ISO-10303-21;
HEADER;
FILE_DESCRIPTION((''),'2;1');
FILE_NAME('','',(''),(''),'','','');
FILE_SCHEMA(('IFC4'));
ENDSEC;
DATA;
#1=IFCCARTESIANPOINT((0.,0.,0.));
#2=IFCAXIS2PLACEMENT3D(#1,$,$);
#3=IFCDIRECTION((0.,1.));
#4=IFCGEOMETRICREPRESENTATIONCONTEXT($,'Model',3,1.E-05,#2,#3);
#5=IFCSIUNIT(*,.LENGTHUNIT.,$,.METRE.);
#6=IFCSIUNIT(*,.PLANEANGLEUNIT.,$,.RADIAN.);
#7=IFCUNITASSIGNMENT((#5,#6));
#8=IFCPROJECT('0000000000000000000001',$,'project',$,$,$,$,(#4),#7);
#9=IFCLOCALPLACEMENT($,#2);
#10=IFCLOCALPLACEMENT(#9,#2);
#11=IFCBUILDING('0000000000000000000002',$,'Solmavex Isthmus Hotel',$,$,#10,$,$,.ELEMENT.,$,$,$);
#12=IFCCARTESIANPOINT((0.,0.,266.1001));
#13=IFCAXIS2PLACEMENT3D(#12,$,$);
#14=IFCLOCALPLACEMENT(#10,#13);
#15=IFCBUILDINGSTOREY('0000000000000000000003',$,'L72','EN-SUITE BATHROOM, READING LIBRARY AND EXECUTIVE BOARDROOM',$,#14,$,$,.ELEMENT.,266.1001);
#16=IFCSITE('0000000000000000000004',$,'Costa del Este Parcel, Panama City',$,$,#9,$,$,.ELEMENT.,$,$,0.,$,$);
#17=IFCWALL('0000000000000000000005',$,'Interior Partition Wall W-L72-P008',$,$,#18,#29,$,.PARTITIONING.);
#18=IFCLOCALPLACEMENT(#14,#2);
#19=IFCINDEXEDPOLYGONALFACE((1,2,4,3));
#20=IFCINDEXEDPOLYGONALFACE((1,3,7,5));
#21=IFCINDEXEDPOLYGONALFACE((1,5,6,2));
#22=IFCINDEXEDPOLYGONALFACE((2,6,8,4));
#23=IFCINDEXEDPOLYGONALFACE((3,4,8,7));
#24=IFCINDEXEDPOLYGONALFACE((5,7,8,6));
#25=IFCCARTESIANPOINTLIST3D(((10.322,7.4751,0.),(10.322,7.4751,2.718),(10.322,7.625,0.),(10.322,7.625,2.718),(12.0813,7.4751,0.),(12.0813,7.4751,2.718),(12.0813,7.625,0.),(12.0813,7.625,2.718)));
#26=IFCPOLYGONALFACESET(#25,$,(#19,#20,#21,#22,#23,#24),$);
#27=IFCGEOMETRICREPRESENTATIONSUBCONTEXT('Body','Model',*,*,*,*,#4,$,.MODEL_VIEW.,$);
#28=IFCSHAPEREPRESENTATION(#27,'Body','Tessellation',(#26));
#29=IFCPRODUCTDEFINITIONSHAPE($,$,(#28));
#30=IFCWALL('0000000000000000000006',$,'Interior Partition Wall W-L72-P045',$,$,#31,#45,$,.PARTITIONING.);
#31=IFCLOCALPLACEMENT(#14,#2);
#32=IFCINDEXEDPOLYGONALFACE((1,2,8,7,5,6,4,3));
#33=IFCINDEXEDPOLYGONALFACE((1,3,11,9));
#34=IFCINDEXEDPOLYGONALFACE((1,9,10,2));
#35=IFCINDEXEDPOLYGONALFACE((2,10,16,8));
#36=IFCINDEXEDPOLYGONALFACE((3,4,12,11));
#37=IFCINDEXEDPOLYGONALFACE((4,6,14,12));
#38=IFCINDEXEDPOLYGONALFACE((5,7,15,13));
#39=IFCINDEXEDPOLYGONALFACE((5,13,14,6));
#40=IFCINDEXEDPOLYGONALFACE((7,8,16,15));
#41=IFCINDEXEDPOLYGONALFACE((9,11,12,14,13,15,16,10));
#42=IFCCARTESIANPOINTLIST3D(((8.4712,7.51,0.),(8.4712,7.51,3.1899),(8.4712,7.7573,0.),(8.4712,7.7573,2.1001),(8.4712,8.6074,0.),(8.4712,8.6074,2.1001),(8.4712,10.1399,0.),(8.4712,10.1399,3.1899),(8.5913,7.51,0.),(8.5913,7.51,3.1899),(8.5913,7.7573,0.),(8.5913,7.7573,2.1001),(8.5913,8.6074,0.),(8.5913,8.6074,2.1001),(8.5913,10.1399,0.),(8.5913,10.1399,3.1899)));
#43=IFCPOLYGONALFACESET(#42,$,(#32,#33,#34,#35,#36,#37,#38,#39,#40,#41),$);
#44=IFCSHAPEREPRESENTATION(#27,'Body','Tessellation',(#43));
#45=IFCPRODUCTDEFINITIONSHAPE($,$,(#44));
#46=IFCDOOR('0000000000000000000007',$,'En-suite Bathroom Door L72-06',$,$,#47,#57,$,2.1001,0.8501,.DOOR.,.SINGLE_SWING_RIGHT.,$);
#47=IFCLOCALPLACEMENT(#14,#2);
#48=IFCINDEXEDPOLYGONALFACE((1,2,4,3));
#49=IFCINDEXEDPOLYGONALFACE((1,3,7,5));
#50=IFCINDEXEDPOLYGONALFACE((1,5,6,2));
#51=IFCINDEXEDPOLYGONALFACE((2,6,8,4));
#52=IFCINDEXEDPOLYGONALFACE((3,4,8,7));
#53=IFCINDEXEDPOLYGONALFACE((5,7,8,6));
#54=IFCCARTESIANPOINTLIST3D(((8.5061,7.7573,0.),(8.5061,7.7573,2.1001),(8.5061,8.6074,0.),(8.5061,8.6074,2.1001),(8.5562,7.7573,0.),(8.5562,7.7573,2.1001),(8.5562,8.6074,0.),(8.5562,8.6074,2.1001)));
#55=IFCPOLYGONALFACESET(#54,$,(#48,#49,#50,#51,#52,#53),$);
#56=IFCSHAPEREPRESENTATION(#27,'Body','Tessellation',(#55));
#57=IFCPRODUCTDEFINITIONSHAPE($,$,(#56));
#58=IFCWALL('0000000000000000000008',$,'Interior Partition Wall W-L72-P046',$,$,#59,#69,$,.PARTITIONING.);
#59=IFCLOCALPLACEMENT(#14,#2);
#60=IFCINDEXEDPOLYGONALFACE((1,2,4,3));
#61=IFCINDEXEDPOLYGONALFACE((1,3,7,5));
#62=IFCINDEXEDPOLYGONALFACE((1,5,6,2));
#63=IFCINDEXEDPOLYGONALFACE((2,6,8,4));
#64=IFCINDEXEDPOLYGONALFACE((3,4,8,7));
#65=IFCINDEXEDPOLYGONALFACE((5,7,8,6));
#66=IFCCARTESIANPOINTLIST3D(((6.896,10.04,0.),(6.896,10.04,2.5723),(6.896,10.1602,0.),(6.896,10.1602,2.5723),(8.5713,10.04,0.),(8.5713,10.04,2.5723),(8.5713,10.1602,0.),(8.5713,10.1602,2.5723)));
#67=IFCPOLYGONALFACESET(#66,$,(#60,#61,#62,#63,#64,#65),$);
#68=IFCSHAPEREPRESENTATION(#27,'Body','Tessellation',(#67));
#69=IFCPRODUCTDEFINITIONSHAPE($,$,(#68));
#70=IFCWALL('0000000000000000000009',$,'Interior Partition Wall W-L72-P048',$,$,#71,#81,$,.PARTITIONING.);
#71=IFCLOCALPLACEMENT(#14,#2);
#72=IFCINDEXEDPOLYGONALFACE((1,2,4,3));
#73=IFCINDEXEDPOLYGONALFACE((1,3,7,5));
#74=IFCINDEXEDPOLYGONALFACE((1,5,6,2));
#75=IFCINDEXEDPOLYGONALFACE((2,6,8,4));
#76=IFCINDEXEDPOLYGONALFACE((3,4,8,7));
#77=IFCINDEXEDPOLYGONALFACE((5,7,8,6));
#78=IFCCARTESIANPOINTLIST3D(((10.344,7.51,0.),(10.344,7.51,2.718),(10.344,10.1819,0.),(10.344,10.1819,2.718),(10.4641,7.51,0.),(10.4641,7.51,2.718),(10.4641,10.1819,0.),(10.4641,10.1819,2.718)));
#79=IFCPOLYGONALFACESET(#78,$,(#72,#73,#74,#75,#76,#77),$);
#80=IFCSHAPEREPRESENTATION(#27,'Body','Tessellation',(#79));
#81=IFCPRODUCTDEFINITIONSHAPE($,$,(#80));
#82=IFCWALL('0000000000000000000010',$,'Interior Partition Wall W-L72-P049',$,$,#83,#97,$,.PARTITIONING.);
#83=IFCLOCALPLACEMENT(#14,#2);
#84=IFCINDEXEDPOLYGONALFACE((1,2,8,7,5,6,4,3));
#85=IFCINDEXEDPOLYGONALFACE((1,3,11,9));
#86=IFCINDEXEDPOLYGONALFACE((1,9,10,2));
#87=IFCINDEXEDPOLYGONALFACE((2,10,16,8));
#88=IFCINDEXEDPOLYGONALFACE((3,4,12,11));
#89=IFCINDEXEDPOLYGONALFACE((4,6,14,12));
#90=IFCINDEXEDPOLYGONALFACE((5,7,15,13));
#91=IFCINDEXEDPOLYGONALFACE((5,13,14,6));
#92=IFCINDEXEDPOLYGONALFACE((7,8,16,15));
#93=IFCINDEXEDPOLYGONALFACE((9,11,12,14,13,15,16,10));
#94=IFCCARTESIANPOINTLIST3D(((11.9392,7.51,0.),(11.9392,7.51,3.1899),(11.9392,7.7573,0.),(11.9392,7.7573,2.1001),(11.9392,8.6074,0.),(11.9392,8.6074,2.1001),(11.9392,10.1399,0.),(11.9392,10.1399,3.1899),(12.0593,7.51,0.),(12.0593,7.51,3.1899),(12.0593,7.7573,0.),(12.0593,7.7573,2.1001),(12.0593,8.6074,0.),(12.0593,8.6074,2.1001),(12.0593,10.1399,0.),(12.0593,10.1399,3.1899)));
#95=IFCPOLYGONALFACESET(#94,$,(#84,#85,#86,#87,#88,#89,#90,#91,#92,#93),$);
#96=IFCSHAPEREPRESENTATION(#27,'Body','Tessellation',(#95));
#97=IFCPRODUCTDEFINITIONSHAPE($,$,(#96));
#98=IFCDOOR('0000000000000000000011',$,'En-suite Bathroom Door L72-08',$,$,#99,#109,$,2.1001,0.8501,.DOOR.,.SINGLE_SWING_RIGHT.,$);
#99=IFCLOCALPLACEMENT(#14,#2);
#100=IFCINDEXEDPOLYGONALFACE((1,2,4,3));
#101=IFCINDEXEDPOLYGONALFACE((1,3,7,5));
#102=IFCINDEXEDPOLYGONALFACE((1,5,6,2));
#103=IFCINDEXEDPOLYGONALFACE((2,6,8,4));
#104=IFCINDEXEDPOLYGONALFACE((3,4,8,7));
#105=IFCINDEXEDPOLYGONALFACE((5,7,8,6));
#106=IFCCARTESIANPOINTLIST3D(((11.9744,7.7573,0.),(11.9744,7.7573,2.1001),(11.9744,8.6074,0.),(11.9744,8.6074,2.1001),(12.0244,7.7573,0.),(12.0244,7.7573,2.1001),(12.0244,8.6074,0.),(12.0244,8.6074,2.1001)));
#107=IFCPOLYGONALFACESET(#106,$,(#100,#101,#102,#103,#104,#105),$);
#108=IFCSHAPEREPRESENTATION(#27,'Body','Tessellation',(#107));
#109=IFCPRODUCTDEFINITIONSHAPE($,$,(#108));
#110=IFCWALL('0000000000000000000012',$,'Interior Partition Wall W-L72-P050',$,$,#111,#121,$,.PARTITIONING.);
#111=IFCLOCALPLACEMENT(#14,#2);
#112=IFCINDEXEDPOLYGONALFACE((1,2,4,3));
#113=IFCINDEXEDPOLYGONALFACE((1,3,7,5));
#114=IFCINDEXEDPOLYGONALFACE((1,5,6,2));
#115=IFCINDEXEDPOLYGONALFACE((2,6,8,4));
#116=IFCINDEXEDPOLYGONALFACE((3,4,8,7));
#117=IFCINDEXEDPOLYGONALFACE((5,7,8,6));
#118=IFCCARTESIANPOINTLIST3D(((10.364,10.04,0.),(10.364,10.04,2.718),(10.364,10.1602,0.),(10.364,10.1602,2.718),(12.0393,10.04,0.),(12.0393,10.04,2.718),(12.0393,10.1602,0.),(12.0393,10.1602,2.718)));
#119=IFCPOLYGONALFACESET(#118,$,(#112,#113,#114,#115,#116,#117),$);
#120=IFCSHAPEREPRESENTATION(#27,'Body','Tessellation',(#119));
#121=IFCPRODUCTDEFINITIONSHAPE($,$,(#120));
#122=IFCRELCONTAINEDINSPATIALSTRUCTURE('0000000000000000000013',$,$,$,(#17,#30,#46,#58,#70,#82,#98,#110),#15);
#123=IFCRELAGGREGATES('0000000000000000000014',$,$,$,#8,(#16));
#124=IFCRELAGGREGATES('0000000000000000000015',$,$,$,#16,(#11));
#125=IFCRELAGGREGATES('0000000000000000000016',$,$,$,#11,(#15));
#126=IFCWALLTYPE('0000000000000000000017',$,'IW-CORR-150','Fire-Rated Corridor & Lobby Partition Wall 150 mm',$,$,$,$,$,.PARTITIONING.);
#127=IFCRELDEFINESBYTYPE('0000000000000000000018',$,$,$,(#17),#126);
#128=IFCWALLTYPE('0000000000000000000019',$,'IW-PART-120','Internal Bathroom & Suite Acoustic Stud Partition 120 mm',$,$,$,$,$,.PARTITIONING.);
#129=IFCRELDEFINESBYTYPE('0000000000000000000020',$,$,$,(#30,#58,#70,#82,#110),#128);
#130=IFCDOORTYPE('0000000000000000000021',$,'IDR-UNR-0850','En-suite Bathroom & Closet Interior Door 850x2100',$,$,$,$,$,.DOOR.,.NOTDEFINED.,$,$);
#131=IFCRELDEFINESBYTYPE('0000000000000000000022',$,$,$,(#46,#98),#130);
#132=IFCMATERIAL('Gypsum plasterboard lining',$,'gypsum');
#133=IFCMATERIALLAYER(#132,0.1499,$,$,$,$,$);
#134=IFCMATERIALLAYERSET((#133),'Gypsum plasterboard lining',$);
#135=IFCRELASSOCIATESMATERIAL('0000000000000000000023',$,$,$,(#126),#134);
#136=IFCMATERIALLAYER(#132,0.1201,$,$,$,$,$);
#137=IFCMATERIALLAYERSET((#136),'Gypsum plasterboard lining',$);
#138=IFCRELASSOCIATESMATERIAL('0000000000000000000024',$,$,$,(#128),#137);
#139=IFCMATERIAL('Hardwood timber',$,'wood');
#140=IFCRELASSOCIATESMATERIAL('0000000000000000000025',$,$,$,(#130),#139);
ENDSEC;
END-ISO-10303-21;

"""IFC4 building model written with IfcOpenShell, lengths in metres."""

from ifc_helpers import new_model, si_unit, direction, frame, frame_2d, origin, place, context, subcontext, project, spatial, rectangle, extrude, material, layer, layer_set, type_object, element, fill, save


model = new_model("IFC4")

# Units and contexts
model_context = context("Model", 3, precision=1e-05, world=origin(), true_north=direction((0.0, 1.0)))
body_context = subcontext(model_context, "Body", "Model", "MODEL_VIEW")
ifc_project = project(units=[si_unit("LENGTHUNIT", "METRE"), si_unit("PLANEANGLEUNIT", "RADIAN")], contexts=[model_context])

# Site, building, storey
site_placement = place(None, origin())
site = spatial("IfcSite", under=ifc_project, at=site_placement, Name="Costa del Este Parcel, Panama City", CompositionType="ELEMENT", RefElevation=0.0)
building_placement = place(site_placement, origin())
building = spatial("IfcBuilding", under=site, at=building_placement, Name="Solmavex Isthmus Hotel", CompositionType="ELEMENT")
storey_placement = place(building_placement, frame((0.0, 0.0, 266.1001)))
storey = spatial("IfcBuildingStorey", under=building, at=storey_placement, Name="L72", Description="EN-SUITE BATHROOM, READING LIBRARY AND EXECUTIVE BOARDROOM", CompositionType="ELEMENT", Elevation=266.1001)

# Shared definitions
ifc_material_1 = material(Name="Gypsum plasterboard lining", Category="gypsum")

# Shared definitions
ifc_material_2 = material(Name="Hardwood timber", Category="wood")
ifc_layer_1 = layer(ifc_material_1, 0.1499)
ifc_layer_set_1 = layer_set([ifc_layer_1], Name="Gypsum plasterboard lining")
wall_type_1 = type_object("IfcWallType", Name="IW-CORR-150", Description="Fire-Rated Corridor & Lobby Partition Wall 150 mm", PredefinedType="PARTITIONING", material=ifc_layer_set_1)

# Wall
wall_1_placement = place(storey_placement, frame((10.322, 7.55, 0.0), z_axis=(0.0, 0.0, 1.0), x_axis=(1.0, 0.0, 0.0)))
element("IfcWall", 1, at=wall_1_placement, inside=storey, type_object=wall_type_1, Name="Interior Partition Wall W-L72-P008", PredefinedType="PARTITIONING", context=body_context, shape_type="SweptSolid", body=[
    extrude(rectangle(XDim=1.7593, YDim=0.1499, at=frame_2d((0.8796, 0.0))), origin(), (0.0, 0.0, 1.0), 2.718),
])

# Wall, opening, door
ifc_layer_2 = layer(ifc_material_1, 0.1201)
ifc_layer_set_2 = layer_set([ifc_layer_2], Name="Gypsum plasterboard lining")
wall_type_2 = type_object("IfcWallType", Name="IW-PART-120", Description="Internal Bathroom & Suite Acoustic Stud Partition 120 mm", PredefinedType="PARTITIONING", material=ifc_layer_set_2)
wall_2_placement = place(storey_placement, frame((8.5312, 7.51, 0.0), z_axis=(0.0, 0.0, 1.0), x_axis=(0.0, 1.0, 0.0)))
wall_2 = element("IfcWall", 2, at=wall_2_placement, inside=storey, type_object=wall_type_2, Name="Interior Partition Wall W-L72-P045", PredefinedType="PARTITIONING", context=body_context, shape_type="SweptSolid", body=[
    extrude(rectangle(XDim=2.6299, YDim=0.1201, at=frame_2d((1.3149, 0.0))), origin(), (0.0, 0.0, 1.0), 3.1899),
])
opening_1_placement = place(wall_2_placement, frame((0.2473, 0.0, 0.0)))
opening_1 = element("IfcOpeningElement", 3, at=opening_1_placement, cuts=wall_2, PredefinedType="OPENING", context=body_context, shape_type="SweptSolid", body=[
    extrude(rectangle(XDim=0.8501, YDim=2.1001, at=frame_2d((0.425, 1.05))), frame((0.0, 0.0701, 0.0), z_axis=(0.0, -1.0, 0.0), x_axis=(1.0, 0.0, 0.0)), (0.0, 0.0, 1.0), 0.1401),
])
door_type_1 = type_object("IfcDoorType", Name="IDR-UNR-0850", Description="En-suite Bathroom & Closet Interior Door 850x2100", OperationType="NOTDEFINED", PredefinedType="DOOR", material=ifc_material_2)
door_1_placement = place(opening_1_placement, frame((0.8501, 0.0, 0.0), z_axis=(0.0, 0.0, 1.0), x_axis=(-1.0, 0.0, 0.0)))
door_1 = element("IfcDoor", 4, at=door_1_placement, inside=storey, type_object=door_type_1, Name="En-suite Bathroom Door L72-06", OperationType="SINGLE_SWING_RIGHT", OverallHeight=2.1001, OverallWidth=0.8501, PredefinedType="DOOR", context=body_context, shape_type="SweptSolid", body=[
    extrude(rectangle(XDim=0.8501, YDim=2.1001, at=frame_2d((0.425, 1.05))), frame((0.0, 0.0249, 0.0), z_axis=(0.0, -1.0, 0.0), x_axis=(1.0, 0.0, 0.0)), (0.0, 0.0, 1.0), 0.05),
])
fill(opening_1, door_1)

# Walls
wall_3_placement = place(storey_placement, frame((8.5713, 10.1001, 0.0), z_axis=(0.0, 0.0, 1.0), x_axis=(-1.0, 0.0, 0.0)))
element("IfcWall", 5, at=wall_3_placement, inside=storey, type_object=wall_type_2, Name="Interior Partition Wall W-L72-P046", PredefinedType="PARTITIONING", context=body_context, shape_type="SweptSolid", body=[
    extrude(rectangle(XDim=1.6753, YDim=0.1201, at=frame_2d((0.8376, 0.0))), origin(), (0.0, 0.0, 1.0), 2.5723),
])
wall_4_placement = place(storey_placement, frame((10.4041, 10.1819, 0.0), z_axis=(0.0, 0.0, 1.0), x_axis=(0.0, -1.0, 0.0)))
element("IfcWall", 6, at=wall_4_placement, inside=storey, type_object=wall_type_2, Name="Interior Partition Wall W-L72-P048", PredefinedType="PARTITIONING", context=body_context, shape_type="SweptSolid", body=[
    extrude(rectangle(XDim=2.6719, YDim=0.1201, at=frame_2d((1.3359, 0.0))), origin(), (0.0, 0.0, 1.0), 2.718),
])

# Wall, opening, door
wall_5_placement = place(storey_placement, frame((11.9993, 7.51, 0.0), z_axis=(0.0, 0.0, 1.0), x_axis=(0.0, 1.0, 0.0)))
wall_5 = element("IfcWall", 7, at=wall_5_placement, inside=storey, type_object=wall_type_2, Name="Interior Partition Wall W-L72-P049", PredefinedType="PARTITIONING", context=body_context, shape_type="SweptSolid", body=[
    extrude(rectangle(XDim=2.6299, YDim=0.1201, at=frame_2d((1.3149, 0.0))), origin(), (0.0, 0.0, 1.0), 3.1899),
])
opening_2_placement = place(wall_5_placement, frame((0.2473, 0.0, 0.0)))
opening_2 = element("IfcOpeningElement", 8, at=opening_2_placement, cuts=wall_5, PredefinedType="OPENING", context=body_context, shape_type="SweptSolid", body=[
    extrude(rectangle(XDim=0.8501, YDim=2.1001, at=frame_2d((0.425, 1.05))), frame((0.0, 0.0701, 0.0), z_axis=(0.0, -1.0, 0.0), x_axis=(1.0, 0.0, 0.0)), (0.0, 0.0, 1.0), 0.1401),
])
door_2_placement = place(opening_2_placement, origin())
door_2 = element("IfcDoor", 9, at=door_2_placement, inside=storey, type_object=door_type_1, Name="En-suite Bathroom Door L72-08", OperationType="SINGLE_SWING_RIGHT", OverallHeight=2.1001, OverallWidth=0.8501, PredefinedType="DOOR", context=body_context, shape_type="SweptSolid", body=[
    extrude(rectangle(XDim=0.8501, YDim=2.1001, at=frame_2d((0.425, 1.05))), frame((0.0, 0.0249, 0.0), z_axis=(0.0, -1.0, 0.0), x_axis=(1.0, 0.0, 0.0)), (0.0, 0.0, 1.0), 0.05),
])
fill(opening_2, door_2)

# Wall
wall_6_placement = place(storey_placement, frame((12.0393, 10.1001, 0.0), z_axis=(0.0, 0.0, 1.0), x_axis=(-1.0, 0.0, 0.0)))
element("IfcWall", 10, at=wall_6_placement, inside=storey, type_object=wall_type_2, Name="Interior Partition Wall W-L72-P050", PredefinedType="PARTITIONING", context=body_context, shape_type="SweptSolid", body=[
    extrude(rectangle(XDim=1.6753, YDim=0.1201, at=frame_2d((0.8376, 0.0))), origin(), (0.0, 0.0, 1.0), 2.718),
])

save(model, "model.ifc")
